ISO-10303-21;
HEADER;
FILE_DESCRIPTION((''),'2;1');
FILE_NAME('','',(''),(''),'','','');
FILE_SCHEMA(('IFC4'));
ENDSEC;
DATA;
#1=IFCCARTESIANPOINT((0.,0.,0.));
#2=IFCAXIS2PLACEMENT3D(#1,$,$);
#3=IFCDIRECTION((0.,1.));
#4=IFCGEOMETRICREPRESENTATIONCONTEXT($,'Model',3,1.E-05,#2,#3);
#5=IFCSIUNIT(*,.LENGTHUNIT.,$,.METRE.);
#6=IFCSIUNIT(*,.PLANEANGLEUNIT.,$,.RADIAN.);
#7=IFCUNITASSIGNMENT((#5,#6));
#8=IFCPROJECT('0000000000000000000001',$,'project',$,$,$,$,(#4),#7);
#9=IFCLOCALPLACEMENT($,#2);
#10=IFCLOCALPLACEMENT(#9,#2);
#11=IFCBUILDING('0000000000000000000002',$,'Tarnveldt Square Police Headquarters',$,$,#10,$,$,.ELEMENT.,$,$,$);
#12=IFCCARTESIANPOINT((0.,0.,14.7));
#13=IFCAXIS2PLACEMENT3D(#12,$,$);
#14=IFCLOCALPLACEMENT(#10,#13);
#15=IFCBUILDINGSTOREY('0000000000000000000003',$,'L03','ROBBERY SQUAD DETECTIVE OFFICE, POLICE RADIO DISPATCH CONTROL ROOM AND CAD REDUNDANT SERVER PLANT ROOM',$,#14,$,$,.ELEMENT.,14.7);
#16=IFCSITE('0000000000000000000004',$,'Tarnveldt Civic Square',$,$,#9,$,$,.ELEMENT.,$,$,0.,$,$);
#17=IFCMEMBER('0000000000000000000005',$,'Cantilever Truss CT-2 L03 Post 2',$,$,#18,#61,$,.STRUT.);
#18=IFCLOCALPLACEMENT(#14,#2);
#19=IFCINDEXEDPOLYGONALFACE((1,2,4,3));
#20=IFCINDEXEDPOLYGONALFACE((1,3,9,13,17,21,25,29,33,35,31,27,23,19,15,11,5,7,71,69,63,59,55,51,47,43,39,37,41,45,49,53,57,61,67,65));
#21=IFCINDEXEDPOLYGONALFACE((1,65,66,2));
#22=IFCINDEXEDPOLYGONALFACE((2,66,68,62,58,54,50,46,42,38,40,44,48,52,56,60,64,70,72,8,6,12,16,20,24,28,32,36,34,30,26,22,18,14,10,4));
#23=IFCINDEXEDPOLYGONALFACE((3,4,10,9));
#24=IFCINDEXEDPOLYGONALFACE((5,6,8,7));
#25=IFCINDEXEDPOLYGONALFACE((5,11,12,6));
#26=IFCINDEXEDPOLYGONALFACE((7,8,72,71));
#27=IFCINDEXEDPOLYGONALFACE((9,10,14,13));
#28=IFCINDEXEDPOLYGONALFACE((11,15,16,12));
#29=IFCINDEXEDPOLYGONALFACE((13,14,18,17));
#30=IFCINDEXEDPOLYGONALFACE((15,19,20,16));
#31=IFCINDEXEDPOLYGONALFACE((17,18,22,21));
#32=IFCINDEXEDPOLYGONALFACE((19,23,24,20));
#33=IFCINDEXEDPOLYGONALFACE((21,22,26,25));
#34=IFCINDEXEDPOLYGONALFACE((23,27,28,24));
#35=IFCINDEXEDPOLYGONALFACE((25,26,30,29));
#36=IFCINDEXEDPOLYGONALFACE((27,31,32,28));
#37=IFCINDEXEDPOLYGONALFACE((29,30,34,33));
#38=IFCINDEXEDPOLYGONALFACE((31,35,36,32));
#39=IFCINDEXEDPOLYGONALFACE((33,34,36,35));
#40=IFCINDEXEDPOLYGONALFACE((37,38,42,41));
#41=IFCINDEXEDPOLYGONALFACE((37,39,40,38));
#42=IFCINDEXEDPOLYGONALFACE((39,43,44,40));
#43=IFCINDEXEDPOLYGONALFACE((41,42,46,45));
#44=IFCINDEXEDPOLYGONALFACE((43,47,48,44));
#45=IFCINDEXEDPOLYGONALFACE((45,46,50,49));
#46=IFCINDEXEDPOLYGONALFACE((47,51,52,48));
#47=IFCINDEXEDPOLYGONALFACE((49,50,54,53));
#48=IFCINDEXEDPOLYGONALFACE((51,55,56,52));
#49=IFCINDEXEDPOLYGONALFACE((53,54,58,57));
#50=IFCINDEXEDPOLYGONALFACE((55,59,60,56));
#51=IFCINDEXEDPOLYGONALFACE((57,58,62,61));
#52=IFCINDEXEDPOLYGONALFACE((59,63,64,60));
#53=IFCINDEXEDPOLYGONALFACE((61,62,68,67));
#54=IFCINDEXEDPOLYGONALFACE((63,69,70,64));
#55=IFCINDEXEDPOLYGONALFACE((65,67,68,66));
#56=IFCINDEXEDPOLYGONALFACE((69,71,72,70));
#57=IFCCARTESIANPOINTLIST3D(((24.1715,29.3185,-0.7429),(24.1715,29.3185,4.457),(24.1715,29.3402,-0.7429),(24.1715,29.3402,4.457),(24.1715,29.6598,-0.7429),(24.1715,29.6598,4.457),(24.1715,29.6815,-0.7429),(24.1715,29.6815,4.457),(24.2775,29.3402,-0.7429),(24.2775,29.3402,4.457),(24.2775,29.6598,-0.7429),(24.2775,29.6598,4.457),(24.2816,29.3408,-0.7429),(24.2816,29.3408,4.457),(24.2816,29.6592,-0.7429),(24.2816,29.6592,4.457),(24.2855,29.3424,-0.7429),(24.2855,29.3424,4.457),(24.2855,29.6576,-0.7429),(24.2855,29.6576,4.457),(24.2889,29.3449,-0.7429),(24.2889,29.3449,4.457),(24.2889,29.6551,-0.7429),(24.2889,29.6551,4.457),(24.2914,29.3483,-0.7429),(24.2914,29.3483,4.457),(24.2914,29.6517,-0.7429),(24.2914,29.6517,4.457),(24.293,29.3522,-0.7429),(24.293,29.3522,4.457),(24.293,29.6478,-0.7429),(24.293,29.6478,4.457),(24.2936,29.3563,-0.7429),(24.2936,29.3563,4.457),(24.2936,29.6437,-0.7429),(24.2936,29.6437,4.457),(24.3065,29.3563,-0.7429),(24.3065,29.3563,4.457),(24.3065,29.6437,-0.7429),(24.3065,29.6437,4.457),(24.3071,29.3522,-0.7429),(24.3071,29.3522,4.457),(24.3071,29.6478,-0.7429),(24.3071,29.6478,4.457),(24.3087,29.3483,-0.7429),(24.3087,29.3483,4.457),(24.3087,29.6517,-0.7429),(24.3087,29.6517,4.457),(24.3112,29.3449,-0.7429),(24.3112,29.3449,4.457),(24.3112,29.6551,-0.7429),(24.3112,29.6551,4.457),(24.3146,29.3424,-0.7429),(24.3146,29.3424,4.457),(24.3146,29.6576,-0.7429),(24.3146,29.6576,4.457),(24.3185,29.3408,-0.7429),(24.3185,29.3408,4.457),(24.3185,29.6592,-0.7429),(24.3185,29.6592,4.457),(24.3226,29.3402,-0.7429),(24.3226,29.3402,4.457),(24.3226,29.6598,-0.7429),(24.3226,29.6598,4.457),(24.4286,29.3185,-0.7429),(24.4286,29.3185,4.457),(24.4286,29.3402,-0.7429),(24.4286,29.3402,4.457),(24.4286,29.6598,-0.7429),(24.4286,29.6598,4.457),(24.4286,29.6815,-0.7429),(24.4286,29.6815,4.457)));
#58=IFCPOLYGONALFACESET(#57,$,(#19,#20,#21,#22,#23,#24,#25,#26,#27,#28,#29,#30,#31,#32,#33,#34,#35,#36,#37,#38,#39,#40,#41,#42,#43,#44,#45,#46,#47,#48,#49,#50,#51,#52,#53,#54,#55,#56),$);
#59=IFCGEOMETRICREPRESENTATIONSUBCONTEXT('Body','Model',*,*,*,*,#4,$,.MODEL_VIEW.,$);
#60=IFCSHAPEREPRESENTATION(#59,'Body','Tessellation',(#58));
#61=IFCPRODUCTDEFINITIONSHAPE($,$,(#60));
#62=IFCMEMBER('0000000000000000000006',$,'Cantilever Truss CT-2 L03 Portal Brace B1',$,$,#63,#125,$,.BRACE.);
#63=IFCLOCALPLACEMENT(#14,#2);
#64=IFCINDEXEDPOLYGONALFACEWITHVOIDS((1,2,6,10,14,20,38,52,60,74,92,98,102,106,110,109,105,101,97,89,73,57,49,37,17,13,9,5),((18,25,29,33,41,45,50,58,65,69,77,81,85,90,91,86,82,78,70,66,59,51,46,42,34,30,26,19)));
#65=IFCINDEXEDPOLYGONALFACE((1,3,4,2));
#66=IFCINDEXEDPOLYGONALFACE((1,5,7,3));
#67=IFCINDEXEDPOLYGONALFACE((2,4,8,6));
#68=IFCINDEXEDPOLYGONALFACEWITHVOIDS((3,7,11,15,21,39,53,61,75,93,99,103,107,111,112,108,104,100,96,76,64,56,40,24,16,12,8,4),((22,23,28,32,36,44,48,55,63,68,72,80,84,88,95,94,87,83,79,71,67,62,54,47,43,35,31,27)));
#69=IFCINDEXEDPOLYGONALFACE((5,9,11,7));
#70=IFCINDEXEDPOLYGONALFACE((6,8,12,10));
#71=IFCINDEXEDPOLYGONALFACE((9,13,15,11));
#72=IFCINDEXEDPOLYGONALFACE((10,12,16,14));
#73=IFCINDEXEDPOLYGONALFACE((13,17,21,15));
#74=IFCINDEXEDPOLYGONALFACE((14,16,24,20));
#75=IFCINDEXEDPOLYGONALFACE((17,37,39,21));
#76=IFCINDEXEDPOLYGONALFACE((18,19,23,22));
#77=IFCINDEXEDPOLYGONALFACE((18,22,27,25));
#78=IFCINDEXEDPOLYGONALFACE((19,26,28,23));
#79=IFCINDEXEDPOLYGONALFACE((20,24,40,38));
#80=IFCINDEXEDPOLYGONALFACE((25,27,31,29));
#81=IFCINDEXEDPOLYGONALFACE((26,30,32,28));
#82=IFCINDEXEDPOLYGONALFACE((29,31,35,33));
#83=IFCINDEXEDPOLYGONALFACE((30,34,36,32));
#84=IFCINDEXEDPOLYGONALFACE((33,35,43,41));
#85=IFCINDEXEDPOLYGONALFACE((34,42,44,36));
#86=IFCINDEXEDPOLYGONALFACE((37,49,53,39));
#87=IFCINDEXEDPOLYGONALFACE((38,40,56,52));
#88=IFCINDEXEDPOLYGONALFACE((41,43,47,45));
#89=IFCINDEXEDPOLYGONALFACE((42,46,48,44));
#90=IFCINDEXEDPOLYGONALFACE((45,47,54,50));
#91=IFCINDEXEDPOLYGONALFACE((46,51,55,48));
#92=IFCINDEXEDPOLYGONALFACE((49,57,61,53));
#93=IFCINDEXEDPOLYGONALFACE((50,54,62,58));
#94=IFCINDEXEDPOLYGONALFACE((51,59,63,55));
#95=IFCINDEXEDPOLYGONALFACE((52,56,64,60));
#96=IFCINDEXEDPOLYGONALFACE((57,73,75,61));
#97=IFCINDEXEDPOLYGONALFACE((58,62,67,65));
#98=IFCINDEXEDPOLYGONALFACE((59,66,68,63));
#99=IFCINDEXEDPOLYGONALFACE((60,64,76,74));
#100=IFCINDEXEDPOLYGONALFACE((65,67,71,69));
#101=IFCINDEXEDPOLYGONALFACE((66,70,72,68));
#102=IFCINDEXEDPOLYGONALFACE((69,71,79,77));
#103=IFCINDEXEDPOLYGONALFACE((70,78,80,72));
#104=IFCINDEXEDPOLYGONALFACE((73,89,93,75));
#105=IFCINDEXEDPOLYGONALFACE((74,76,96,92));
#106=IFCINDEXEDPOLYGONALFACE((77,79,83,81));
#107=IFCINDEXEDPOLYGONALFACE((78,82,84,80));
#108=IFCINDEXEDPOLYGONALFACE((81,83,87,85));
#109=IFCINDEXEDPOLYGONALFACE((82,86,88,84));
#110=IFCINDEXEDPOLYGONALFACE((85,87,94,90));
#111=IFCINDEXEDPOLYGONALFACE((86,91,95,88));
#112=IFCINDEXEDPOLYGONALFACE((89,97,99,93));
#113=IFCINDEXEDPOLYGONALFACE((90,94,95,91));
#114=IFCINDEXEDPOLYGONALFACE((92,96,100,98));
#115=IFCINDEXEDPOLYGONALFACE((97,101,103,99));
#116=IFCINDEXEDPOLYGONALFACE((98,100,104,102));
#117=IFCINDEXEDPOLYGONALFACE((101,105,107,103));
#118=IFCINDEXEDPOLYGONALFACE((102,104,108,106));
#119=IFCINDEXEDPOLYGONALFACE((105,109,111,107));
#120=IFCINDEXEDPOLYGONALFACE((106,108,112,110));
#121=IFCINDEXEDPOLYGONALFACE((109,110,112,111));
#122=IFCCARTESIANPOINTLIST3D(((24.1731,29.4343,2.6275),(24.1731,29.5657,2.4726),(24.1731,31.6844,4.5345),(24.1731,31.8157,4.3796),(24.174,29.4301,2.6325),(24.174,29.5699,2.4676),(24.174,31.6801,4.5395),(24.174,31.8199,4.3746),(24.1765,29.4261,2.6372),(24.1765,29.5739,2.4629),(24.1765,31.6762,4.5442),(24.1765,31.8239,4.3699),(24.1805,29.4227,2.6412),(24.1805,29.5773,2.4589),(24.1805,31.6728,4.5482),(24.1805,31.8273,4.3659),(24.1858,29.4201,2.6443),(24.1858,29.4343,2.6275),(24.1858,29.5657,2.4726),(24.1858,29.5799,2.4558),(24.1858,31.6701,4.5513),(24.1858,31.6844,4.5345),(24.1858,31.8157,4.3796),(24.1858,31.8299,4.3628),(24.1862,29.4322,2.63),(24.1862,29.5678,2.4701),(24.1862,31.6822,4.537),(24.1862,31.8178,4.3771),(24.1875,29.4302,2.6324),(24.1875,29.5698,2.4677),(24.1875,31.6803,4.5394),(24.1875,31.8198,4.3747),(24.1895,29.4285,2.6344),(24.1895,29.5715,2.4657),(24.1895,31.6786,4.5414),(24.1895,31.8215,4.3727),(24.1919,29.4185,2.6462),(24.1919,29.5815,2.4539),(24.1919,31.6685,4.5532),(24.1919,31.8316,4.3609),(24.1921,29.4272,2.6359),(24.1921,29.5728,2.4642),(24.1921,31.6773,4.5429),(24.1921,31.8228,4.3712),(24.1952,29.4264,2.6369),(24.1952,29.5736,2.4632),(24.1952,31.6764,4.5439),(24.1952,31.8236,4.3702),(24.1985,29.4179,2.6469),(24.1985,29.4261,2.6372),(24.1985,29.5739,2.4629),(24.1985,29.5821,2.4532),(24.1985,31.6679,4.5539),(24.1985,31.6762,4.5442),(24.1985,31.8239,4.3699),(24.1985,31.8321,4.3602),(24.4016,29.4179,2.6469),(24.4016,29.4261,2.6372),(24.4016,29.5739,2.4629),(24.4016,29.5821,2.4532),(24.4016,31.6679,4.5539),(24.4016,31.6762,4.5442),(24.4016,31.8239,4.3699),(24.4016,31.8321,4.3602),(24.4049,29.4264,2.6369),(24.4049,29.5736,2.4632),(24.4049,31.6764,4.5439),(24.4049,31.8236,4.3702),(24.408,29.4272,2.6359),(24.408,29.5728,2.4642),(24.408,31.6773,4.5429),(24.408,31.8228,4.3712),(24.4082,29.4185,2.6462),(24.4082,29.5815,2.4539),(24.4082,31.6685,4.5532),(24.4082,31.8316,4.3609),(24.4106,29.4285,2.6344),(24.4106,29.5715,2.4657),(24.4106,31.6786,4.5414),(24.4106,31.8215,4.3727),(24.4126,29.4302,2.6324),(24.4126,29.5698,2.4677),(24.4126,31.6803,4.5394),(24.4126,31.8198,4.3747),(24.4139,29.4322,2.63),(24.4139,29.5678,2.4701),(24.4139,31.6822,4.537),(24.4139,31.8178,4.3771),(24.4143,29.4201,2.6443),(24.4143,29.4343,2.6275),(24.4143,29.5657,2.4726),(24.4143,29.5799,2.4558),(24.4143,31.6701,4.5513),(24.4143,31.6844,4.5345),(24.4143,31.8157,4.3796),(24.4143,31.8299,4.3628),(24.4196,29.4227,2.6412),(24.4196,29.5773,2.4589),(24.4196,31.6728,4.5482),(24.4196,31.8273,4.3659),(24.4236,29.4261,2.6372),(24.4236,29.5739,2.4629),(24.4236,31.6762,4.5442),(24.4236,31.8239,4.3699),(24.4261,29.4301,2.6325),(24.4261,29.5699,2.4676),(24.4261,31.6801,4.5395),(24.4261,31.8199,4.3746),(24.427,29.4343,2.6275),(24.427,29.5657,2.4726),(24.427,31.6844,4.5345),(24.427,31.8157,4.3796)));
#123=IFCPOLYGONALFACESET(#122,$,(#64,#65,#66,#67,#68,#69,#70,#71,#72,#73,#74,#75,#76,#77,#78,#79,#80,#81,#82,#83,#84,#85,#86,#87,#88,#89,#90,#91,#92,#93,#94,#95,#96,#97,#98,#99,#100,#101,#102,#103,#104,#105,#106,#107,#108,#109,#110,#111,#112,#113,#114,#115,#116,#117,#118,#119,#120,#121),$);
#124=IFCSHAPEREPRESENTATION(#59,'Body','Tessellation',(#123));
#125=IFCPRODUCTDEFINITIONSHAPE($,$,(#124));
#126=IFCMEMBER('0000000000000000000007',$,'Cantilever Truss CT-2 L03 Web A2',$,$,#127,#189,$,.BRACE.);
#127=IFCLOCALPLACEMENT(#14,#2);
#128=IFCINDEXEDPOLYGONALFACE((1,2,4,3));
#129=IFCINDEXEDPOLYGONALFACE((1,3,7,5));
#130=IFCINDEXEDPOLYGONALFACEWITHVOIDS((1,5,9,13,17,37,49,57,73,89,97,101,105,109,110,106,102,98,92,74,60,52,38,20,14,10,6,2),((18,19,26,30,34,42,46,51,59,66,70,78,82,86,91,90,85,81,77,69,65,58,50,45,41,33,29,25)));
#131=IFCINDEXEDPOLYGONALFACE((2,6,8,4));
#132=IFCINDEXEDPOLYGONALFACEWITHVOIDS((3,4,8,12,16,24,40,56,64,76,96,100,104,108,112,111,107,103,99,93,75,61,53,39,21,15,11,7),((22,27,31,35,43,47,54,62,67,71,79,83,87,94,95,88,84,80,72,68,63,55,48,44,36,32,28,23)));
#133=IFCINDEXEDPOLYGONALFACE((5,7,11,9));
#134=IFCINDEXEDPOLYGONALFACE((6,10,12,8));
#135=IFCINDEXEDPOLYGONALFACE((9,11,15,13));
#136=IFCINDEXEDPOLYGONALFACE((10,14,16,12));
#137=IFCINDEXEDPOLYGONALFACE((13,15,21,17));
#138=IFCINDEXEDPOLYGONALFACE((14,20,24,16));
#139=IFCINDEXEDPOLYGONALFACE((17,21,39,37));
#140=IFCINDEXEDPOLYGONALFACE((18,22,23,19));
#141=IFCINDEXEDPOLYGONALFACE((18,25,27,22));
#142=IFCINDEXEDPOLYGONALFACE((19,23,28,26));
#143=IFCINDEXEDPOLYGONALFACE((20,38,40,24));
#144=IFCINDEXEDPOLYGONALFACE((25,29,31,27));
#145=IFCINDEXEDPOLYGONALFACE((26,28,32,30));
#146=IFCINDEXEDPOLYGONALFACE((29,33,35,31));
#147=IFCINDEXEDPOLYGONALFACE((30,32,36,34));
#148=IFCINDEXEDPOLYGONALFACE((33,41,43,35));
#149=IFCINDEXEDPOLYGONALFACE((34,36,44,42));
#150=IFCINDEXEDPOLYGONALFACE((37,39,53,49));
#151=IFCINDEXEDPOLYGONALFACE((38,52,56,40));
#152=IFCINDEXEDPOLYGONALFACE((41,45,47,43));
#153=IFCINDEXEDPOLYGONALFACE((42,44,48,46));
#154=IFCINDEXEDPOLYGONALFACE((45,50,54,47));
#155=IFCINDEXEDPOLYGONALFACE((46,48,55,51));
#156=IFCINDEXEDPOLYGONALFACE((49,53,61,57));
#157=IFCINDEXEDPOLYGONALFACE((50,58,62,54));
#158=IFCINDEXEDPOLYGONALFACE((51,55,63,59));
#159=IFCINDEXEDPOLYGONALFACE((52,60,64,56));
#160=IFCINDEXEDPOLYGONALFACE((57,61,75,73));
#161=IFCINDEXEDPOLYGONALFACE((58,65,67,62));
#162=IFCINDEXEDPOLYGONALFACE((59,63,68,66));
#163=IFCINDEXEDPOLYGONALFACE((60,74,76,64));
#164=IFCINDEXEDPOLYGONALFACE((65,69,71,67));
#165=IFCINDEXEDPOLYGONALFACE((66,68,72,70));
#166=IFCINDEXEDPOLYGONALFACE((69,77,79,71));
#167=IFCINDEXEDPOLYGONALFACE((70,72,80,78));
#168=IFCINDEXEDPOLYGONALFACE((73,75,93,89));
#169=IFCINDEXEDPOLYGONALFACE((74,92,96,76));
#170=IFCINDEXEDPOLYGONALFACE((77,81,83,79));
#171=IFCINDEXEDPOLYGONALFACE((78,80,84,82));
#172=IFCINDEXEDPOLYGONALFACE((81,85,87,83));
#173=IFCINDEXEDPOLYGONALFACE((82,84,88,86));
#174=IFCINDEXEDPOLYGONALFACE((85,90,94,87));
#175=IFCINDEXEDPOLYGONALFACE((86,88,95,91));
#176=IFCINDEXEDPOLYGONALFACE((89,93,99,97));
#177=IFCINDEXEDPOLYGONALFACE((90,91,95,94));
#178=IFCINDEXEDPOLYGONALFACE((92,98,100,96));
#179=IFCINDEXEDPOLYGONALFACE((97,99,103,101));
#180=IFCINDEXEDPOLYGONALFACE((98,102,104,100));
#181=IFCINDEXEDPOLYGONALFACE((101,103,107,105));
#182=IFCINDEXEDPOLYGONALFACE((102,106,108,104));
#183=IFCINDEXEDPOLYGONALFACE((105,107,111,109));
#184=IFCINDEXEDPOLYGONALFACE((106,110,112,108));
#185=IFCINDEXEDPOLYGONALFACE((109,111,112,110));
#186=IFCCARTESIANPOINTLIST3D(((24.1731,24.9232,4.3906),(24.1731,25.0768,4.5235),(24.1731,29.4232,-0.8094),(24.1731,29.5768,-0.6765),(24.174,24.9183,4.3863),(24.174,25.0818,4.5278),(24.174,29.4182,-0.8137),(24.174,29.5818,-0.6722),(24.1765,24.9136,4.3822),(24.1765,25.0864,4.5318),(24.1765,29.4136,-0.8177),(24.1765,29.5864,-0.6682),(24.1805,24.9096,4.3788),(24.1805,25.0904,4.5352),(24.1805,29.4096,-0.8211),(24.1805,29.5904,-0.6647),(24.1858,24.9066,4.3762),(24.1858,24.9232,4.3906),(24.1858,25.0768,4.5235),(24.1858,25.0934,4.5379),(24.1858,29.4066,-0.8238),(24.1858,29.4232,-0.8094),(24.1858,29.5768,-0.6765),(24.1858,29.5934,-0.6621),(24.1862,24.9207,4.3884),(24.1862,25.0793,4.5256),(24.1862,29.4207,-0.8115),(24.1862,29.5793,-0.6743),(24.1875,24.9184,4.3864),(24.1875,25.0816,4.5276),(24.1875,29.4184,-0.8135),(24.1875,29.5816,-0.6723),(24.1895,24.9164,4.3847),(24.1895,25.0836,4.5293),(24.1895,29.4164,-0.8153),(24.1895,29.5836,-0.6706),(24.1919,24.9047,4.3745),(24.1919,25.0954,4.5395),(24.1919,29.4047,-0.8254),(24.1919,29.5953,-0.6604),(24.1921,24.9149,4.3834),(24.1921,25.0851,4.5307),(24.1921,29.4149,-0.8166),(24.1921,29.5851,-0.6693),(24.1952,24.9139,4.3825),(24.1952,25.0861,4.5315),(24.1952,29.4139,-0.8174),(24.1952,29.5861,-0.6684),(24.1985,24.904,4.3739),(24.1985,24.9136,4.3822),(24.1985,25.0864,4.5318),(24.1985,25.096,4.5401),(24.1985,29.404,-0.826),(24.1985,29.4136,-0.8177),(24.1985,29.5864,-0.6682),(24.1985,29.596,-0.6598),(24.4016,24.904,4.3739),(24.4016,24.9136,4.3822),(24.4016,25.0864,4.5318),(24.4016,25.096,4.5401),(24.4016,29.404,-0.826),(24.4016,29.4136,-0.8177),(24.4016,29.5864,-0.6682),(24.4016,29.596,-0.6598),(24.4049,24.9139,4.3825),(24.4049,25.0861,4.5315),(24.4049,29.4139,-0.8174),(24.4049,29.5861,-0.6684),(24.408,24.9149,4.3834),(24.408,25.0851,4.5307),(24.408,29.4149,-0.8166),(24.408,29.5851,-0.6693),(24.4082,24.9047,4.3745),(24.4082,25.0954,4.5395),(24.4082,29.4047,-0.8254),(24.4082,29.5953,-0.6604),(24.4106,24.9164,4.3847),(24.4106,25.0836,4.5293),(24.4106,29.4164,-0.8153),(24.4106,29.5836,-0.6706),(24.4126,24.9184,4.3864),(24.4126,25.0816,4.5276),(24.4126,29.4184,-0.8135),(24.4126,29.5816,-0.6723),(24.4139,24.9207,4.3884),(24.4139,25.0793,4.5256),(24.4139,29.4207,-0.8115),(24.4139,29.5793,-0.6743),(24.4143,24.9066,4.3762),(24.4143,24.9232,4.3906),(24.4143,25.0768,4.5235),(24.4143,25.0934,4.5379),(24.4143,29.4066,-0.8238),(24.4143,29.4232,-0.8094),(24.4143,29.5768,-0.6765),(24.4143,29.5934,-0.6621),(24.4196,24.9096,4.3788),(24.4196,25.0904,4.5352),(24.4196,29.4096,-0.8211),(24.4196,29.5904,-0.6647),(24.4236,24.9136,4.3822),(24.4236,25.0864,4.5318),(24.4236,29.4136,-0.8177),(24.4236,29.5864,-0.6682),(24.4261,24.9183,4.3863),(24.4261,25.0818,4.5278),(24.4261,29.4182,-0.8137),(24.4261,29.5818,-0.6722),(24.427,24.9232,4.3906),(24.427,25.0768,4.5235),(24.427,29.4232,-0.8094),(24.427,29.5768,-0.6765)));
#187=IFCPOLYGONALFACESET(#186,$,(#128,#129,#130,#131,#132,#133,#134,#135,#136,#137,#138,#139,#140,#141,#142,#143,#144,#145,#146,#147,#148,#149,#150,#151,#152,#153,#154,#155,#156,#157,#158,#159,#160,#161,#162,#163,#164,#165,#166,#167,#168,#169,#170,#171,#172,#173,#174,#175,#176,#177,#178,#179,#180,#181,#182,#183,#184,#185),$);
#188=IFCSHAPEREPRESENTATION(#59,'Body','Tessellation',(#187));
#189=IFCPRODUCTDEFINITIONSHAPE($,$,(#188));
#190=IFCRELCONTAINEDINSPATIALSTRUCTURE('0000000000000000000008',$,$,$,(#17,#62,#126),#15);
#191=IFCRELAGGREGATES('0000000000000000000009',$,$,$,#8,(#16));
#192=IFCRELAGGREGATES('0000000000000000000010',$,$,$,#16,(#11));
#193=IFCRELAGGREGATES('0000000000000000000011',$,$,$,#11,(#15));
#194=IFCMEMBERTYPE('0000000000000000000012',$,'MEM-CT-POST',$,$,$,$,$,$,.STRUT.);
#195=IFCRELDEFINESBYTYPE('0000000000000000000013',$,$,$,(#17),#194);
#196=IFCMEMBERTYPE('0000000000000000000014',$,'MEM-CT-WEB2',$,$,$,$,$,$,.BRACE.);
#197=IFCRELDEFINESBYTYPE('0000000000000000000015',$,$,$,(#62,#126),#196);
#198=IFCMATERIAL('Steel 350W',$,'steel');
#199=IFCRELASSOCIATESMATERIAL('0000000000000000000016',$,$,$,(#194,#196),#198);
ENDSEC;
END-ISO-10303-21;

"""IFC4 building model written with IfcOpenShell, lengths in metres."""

from ifc_helpers import new_model, si_unit, direction, frame, origin, origin_2d, place, context, subcontext, project, spatial, hollow_rectangle, i_section, extrude, material, material_profile, profile_set, type_object, element, save


model = new_model("IFC4")

# Units and contexts
model_context = context("Model", 3, precision=1e-05, world=origin(), true_north=direction((0.0, 1.0)))
body_context = subcontext(model_context, "Body", "Model", "MODEL_VIEW")
ifc_project = project(units=[si_unit("LENGTHUNIT", "METRE"), si_unit("PLANEANGLEUNIT", "RADIAN")], contexts=[model_context])

# Site, building, storey
site_placement = place(None, origin())
site = spatial("IfcSite", under=ifc_project, at=site_placement, Name="Tarnveldt Civic Square", CompositionType="ELEMENT", RefElevation=0.0)
building_placement = place(site_placement, origin())
building = spatial("IfcBuilding", under=site, at=building_placement, Name="Tarnveldt Square Police Headquarters", CompositionType="ELEMENT")
storey_placement = place(building_placement, frame((0.0, 0.0, 14.7)))
storey = spatial("IfcBuildingStorey", under=building, at=storey_placement, Name="L03", Description="ROBBERY SQUAD DETECTIVE OFFICE, POLICE RADIO DISPATCH CONTROL ROOM AND CAD REDUNDANT SERVER PLANT ROOM", CompositionType="ELEMENT", Elevation=14.7)

# Shared definitions
ifc_material_1 = material(Name="Steel 350W", Category="steel")

# Members
ifc_material_profile_1 = material_profile(ifc_material_1, i_section(OverallWidth=0.2571, OverallDepth=0.363, WebThickness=0.0129, FlangeThickness=0.0217, FilletRadius=0.0161, at=origin_2d()), Name="W360x122")
ifc_profile_set_1 = profile_set([ifc_material_profile_1], Name="Steel 350W")
member_type_1 = type_object("IfcMemberType", Name="MEM-CT-POST", PredefinedType="STRUT", material=ifc_profile_set_1)
member_1_placement = place(storey_placement, frame((24.3, 29.5, -0.7429), z_axis=(0.0, 0.0, 1.0), x_axis=(1.0, 0.0, 0.0)))
element("IfcMember", 1, at=member_1_placement, inside=storey, type_object=member_type_1, Name="Cantilever Truss CT-2 L03 Post 2", PredefinedType="STRUT", context=body_context, shape_type="SweptSolid", body=[
    extrude(i_section(OverallWidth=0.2571, OverallDepth=0.363, WebThickness=0.0129, FlangeThickness=0.0217, FilletRadius=0.0161, at=origin_2d()), origin(), (0.0, 0.0, 1.0), 5.2),
])
ifc_material_profile_2 = material_profile(ifc_material_1, hollow_rectangle(XDim=0.2539, YDim=0.2539, WallThickness=0.0127, InnerFilletRadius=0.0127, OuterFilletRadius=0.0254, at=origin_2d()), Name="HSS254x254x13")
ifc_profile_set_2 = profile_set([ifc_material_profile_2], Name="Steel 350W")
member_type_2 = type_object("IfcMemberType", Name="MEM-CT-WEB2", PredefinedType="BRACE", material=ifc_profile_set_2)
member_2_placement = place(storey_placement, frame((24.3, 29.5, 2.55), z_axis=(0.0, 0.762862, 0.646562), x_axis=(-1.0, 0.0, 0.0)))
element("IfcMember", 2, at=member_2_placement, inside=storey, type_object=member_type_2, Name="Cantilever Truss CT-2 L03 Portal Brace B1", PredefinedType="BRACE", context=body_context, shape_type="SweptSolid", body=[
    extrude(hollow_rectangle(XDim=0.2539, YDim=0.2539, WallThickness=0.0127, InnerFilletRadius=0.0127, OuterFilletRadius=0.0254, at=origin_2d()), origin(), (0.0, 0.0, 1.0), 2.9495),
])
member_3_placement = place(storey_placement, frame((24.3, 29.5, -0.7429), z_axis=(0.0, -0.65438, 0.756166), x_axis=(1.0, 0.0, 0.0)))
element("IfcMember", 3, at=member_3_placement, inside=storey, type_object=member_type_2, Name="Cantilever Truss CT-2 L03 Web A2", PredefinedType="BRACE", context=body_context, shape_type="SweptSolid", body=[
    extrude(hollow_rectangle(XDim=0.2539, YDim=0.2539, WallThickness=0.0127, InnerFilletRadius=0.0127, OuterFilletRadius=0.0254, at=origin_2d()), origin(), (0.0, 0.0, 1.0), 6.8767),
])

save(model, "model.ifc")
